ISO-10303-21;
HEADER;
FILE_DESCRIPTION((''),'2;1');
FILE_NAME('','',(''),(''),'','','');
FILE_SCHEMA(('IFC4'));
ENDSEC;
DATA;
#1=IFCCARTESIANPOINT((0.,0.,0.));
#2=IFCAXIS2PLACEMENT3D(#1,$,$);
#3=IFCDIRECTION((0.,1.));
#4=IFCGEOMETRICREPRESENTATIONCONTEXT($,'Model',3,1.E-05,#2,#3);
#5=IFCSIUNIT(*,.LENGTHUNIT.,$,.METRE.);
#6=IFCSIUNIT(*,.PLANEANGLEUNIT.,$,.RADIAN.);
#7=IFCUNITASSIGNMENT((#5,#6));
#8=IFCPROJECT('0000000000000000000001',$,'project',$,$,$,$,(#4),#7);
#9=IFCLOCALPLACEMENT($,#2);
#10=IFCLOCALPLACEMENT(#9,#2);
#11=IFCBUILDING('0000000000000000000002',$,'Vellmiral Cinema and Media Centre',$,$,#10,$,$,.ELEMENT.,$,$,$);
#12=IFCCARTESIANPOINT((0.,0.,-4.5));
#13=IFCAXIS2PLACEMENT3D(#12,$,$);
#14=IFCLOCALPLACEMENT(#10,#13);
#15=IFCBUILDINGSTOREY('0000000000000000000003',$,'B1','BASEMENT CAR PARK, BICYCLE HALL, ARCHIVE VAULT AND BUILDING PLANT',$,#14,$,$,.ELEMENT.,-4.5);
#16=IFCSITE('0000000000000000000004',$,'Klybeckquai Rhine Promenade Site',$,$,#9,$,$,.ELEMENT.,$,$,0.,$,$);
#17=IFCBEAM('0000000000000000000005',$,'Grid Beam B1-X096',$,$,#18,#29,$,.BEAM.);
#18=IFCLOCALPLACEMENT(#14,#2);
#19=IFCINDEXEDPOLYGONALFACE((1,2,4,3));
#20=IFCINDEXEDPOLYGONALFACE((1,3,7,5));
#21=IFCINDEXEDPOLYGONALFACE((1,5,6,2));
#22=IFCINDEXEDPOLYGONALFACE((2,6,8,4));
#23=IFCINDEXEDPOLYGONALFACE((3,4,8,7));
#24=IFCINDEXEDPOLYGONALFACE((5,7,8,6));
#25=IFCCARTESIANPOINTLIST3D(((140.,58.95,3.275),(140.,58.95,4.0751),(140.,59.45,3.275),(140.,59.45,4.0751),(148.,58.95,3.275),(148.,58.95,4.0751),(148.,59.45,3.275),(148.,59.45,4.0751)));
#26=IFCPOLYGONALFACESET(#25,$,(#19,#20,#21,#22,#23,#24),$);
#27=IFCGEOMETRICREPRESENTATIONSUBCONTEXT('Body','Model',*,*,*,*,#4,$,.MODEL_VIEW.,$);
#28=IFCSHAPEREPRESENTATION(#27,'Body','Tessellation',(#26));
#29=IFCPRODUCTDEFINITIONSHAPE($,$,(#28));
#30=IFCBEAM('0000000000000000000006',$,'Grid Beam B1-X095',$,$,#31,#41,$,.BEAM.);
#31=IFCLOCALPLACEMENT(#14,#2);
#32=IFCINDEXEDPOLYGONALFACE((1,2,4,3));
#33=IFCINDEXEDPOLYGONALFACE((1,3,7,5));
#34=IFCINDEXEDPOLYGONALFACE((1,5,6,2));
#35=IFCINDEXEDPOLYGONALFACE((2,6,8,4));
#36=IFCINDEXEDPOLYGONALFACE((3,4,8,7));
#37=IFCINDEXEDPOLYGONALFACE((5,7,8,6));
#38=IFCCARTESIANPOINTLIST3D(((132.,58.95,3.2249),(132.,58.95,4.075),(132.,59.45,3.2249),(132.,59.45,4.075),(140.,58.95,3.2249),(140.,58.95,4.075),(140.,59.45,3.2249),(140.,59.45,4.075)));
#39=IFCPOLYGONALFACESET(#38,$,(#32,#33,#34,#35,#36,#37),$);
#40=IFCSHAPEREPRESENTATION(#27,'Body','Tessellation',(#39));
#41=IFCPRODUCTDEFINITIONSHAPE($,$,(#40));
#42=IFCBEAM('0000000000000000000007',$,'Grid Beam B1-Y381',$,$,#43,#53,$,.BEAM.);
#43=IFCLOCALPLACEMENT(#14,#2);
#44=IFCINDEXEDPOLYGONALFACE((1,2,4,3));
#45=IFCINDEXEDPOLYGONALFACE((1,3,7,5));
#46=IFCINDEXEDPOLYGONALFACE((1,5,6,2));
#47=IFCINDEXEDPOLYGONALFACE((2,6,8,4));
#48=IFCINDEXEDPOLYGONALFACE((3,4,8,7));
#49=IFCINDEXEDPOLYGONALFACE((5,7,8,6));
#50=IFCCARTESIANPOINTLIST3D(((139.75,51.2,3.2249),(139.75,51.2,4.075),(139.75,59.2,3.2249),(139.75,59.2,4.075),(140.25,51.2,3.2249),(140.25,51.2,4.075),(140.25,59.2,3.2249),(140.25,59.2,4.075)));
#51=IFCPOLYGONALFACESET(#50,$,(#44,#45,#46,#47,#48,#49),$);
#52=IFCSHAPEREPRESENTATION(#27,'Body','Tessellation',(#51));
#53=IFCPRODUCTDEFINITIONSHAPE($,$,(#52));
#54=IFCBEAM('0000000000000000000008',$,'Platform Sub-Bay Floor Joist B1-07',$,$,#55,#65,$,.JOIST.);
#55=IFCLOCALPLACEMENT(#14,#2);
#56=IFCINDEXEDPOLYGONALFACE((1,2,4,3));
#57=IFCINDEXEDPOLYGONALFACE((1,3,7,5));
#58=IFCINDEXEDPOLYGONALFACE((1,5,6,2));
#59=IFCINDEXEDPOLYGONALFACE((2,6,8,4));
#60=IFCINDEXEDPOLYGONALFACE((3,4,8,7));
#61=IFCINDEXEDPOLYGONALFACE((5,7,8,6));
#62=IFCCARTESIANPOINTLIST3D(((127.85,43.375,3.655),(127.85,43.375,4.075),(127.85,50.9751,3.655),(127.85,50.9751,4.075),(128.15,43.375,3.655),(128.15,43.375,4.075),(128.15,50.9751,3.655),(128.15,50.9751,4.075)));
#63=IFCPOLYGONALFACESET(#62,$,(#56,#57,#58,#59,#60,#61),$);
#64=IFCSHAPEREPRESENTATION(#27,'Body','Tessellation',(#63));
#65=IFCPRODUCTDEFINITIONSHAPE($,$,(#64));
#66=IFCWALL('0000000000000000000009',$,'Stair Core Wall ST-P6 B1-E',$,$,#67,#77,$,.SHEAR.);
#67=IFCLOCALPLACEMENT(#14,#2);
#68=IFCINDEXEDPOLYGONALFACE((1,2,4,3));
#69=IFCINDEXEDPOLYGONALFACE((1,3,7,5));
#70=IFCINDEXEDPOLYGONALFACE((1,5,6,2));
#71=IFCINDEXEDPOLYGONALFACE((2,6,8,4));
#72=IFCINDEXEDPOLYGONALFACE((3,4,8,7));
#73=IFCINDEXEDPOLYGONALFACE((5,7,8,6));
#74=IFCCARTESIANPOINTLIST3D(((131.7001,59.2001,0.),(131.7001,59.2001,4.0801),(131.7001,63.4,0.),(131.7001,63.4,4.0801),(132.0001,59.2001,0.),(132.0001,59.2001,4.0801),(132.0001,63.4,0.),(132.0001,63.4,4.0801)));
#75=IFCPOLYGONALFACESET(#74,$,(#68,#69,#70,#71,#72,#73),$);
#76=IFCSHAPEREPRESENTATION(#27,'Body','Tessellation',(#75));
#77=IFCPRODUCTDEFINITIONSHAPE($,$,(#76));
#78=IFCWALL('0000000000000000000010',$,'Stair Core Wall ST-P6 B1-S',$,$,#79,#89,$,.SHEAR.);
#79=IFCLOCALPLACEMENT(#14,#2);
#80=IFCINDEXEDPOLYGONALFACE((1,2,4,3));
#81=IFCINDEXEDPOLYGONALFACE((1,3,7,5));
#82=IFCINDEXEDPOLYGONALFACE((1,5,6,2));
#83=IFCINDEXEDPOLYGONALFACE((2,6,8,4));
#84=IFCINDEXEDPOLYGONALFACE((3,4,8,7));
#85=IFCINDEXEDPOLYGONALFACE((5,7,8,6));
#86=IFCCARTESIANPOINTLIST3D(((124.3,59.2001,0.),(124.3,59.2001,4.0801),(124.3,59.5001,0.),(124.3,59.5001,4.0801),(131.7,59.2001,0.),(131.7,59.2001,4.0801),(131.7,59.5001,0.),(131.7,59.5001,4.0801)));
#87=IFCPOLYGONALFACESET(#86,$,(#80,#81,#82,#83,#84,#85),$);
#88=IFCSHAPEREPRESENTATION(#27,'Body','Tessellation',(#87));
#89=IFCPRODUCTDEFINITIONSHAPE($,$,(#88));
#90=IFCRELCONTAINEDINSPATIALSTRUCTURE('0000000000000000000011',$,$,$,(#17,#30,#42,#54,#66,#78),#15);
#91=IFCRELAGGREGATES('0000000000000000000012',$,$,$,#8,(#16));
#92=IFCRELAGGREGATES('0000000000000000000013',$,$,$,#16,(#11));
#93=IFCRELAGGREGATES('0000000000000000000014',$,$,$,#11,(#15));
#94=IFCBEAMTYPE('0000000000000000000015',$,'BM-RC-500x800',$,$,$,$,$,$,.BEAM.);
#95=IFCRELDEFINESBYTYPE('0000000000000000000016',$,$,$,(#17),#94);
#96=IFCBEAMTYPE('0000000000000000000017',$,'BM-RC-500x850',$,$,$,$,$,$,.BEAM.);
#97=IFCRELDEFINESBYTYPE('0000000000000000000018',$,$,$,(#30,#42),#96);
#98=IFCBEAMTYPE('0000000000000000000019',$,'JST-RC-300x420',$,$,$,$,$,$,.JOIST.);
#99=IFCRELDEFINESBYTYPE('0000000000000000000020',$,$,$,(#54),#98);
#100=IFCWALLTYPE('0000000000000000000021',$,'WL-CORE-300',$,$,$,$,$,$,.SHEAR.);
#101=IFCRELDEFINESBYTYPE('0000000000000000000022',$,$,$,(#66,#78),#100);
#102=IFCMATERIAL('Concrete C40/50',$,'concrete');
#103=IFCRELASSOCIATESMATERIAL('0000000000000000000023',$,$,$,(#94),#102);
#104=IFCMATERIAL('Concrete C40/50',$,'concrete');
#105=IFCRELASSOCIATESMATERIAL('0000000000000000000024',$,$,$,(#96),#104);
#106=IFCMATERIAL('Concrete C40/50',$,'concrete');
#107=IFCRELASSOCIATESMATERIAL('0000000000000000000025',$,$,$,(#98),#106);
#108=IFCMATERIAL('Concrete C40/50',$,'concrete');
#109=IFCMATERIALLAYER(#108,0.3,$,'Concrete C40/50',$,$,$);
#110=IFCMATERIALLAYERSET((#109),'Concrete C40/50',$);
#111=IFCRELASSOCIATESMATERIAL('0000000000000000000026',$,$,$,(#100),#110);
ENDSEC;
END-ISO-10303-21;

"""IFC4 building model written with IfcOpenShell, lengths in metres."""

from ifc_helpers import new_model, si_unit, direction, frame, frame_2d, origin, origin_2d, place, context, subcontext, project, spatial, rectangle, extrude, material, layer, layer_set, material_profile, profile_set, type_object, element, save


model = new_model("IFC4")

# Units and contexts
model_context = context("Model", 3, precision=1e-05, world=origin(), true_north=direction((0.0, 1.0)))
body_context = subcontext(model_context, "Body", "Model", "MODEL_VIEW")
ifc_project = project(units=[si_unit("LENGTHUNIT", "METRE"), si_unit("PLANEANGLEUNIT", "RADIAN")], contexts=[model_context])

# Site, building, storey
site_placement = place(None, origin())
site = spatial("IfcSite", under=ifc_project, at=site_placement, Name="Klybeckquai Rhine Promenade Site", CompositionType="ELEMENT", RefElevation=0.0)
building_placement = place(site_placement, origin())
building = spatial("IfcBuilding", under=site, at=building_placement, Name="Vellmiral Cinema and Media Centre", CompositionType="ELEMENT")
storey_placement = place(building_placement, frame((0.0, 0.0, -4.5)))
storey = spatial("IfcBuildingStorey", under=building, at=storey_placement, Name="B1", Description="BASEMENT CAR PARK, BICYCLE HALL, ARCHIVE VAULT AND BUILDING PLANT", CompositionType="ELEMENT", Elevation=-4.5)

# Beams
ifc_material_1 = material(Name="Concrete C40/50", Category="concrete")
ifc_material_profile_1 = material_profile(ifc_material_1, rectangle(XDim=0.5, YDim=0.8, at=origin_2d()), Name="RC 500x800")
ifc_profile_set_1 = profile_set([ifc_material_profile_1], Name="Concrete C40/50")
beam_type_1 = type_object("IfcBeamType", Name="BM-RC-500x800", PredefinedType="BEAM", material=ifc_profile_set_1)
beam_1_placement = place(storey_placement, frame((140.0, 59.2, 3.675), z_axis=(1.0, 0.0, 0.0), x_axis=(0.0, 1.0, 0.0)))
element("IfcBeam", 1, at=beam_1_placement, inside=storey, type_object=beam_type_1, Name="Grid Beam B1-X096", PredefinedType="BEAM", context=body_context, shape_type="SweptSolid", body=[
    extrude(rectangle(XDim=0.5, YDim=0.8, at=origin_2d()), origin(), (0.0, 0.0, 1.0), 8.0),
])
ifc_material_2 = material(Name="Concrete C40/50", Category="concrete")
ifc_material_profile_2 = material_profile(ifc_material_2, rectangle(XDim=0.5, YDim=0.8501, at=origin_2d()), Name="RC 500x850")
ifc_profile_set_2 = profile_set([ifc_material_profile_2], Name="Concrete C40/50")
beam_type_2 = type_object("IfcBeamType", Name="BM-RC-500x850", PredefinedType="BEAM", material=ifc_profile_set_2)
for number, where, z_axis, x_axis, name in (
    (2, (132.0, 59.2, 3.6499), (1.0, 0.0, 0.0), (0.0, 1.0, 0.0), "Grid Beam B1-X095"),
    (3, (140.0, 51.2, 3.6499), (0.0, 1.0, 0.0), (-1.0, 0.0, 0.0), "Grid Beam B1-Y381"),
):
    element("IfcBeam", number, at=place(storey_placement, frame(where, z_axis=z_axis, x_axis=x_axis)), inside=storey, type_object=beam_type_2, Name=name, PredefinedType="BEAM", context=body_context, shape_type="SweptSolid", body=[
        extrude(rectangle(XDim=0.5, YDim=0.8501, at=origin_2d()), origin(), (0.0, 0.0, 1.0), 8.0),
    ])
ifc_material_3 = material(Name="Concrete C40/50", Category="concrete")
ifc_material_profile_3 = material_profile(ifc_material_3, rectangle(XDim=0.3, YDim=0.4199, at=origin_2d()), Name="RC 300x420")
ifc_profile_set_3 = profile_set([ifc_material_profile_3], Name="Concrete C40/50")
beam_type_3 = type_object("IfcBeamType", Name="JST-RC-300x420", PredefinedType="JOIST", material=ifc_profile_set_3)
beam_2_placement = place(storey_placement, frame((128.0, 43.375, 3.865), z_axis=(0.0, 1.0, 0.0), x_axis=(-1.0, 0.0, 0.0)))
element("IfcBeam", 4, at=beam_2_placement, inside=storey, type_object=beam_type_3, Name="Platform Sub-Bay Floor Joist B1-07", PredefinedType="JOIST", context=body_context, shape_type="SweptSolid", body=[
    extrude(rectangle(XDim=0.3, YDim=0.4199, at=origin_2d()), origin(), (0.0, 0.0, 1.0), 7.6001),
])

# Walls
ifc_material_4 = material(Name="Concrete C40/50", Category="concrete")
ifc_layer = layer(ifc_material_4, 0.3, Name="Concrete C40/50")
ifc_layer_set = layer_set([ifc_layer], Name="Concrete C40/50")
wall_type = type_object("IfcWallType", Name="WL-CORE-300", PredefinedType="SHEAR", material=ifc_layer_set)
wall_1_placement = place(storey_placement, frame((131.8501, 59.2, 0.0), z_axis=(0.0, 0.0, 1.0), x_axis=(0.0, 1.0, 0.0)))
element("IfcWall", 5, at=wall_1_placement, inside=storey, type_object=wall_type, Name="Stair Core Wall ST-P6 B1-E", PredefinedType="SHEAR", context=body_context, shape_type="SweptSolid", body=[
    extrude(rectangle(XDim=4.2, YDim=0.3, at=frame_2d((2.1001, 0.0))), origin(), (0.0, 0.0, 1.0), 4.0801),
])
wall_2_placement = place(storey_placement, frame((124.3, 59.3501, 0.0), z_axis=(0.0, 0.0, 1.0), x_axis=(1.0, 0.0, 0.0)))
element("IfcWall", 6, at=wall_2_placement, inside=storey, type_object=wall_type, Name="Stair Core Wall ST-P6 B1-S", PredefinedType="SHEAR", context=body_context, shape_type="SweptSolid", body=[
    extrude(rectangle(XDim=7.3999, YDim=0.3, at=frame_2d((3.7, 0.0))), origin(), (0.0, 0.0, 1.0), 4.0801),
])

save(model, "model.ifc")
